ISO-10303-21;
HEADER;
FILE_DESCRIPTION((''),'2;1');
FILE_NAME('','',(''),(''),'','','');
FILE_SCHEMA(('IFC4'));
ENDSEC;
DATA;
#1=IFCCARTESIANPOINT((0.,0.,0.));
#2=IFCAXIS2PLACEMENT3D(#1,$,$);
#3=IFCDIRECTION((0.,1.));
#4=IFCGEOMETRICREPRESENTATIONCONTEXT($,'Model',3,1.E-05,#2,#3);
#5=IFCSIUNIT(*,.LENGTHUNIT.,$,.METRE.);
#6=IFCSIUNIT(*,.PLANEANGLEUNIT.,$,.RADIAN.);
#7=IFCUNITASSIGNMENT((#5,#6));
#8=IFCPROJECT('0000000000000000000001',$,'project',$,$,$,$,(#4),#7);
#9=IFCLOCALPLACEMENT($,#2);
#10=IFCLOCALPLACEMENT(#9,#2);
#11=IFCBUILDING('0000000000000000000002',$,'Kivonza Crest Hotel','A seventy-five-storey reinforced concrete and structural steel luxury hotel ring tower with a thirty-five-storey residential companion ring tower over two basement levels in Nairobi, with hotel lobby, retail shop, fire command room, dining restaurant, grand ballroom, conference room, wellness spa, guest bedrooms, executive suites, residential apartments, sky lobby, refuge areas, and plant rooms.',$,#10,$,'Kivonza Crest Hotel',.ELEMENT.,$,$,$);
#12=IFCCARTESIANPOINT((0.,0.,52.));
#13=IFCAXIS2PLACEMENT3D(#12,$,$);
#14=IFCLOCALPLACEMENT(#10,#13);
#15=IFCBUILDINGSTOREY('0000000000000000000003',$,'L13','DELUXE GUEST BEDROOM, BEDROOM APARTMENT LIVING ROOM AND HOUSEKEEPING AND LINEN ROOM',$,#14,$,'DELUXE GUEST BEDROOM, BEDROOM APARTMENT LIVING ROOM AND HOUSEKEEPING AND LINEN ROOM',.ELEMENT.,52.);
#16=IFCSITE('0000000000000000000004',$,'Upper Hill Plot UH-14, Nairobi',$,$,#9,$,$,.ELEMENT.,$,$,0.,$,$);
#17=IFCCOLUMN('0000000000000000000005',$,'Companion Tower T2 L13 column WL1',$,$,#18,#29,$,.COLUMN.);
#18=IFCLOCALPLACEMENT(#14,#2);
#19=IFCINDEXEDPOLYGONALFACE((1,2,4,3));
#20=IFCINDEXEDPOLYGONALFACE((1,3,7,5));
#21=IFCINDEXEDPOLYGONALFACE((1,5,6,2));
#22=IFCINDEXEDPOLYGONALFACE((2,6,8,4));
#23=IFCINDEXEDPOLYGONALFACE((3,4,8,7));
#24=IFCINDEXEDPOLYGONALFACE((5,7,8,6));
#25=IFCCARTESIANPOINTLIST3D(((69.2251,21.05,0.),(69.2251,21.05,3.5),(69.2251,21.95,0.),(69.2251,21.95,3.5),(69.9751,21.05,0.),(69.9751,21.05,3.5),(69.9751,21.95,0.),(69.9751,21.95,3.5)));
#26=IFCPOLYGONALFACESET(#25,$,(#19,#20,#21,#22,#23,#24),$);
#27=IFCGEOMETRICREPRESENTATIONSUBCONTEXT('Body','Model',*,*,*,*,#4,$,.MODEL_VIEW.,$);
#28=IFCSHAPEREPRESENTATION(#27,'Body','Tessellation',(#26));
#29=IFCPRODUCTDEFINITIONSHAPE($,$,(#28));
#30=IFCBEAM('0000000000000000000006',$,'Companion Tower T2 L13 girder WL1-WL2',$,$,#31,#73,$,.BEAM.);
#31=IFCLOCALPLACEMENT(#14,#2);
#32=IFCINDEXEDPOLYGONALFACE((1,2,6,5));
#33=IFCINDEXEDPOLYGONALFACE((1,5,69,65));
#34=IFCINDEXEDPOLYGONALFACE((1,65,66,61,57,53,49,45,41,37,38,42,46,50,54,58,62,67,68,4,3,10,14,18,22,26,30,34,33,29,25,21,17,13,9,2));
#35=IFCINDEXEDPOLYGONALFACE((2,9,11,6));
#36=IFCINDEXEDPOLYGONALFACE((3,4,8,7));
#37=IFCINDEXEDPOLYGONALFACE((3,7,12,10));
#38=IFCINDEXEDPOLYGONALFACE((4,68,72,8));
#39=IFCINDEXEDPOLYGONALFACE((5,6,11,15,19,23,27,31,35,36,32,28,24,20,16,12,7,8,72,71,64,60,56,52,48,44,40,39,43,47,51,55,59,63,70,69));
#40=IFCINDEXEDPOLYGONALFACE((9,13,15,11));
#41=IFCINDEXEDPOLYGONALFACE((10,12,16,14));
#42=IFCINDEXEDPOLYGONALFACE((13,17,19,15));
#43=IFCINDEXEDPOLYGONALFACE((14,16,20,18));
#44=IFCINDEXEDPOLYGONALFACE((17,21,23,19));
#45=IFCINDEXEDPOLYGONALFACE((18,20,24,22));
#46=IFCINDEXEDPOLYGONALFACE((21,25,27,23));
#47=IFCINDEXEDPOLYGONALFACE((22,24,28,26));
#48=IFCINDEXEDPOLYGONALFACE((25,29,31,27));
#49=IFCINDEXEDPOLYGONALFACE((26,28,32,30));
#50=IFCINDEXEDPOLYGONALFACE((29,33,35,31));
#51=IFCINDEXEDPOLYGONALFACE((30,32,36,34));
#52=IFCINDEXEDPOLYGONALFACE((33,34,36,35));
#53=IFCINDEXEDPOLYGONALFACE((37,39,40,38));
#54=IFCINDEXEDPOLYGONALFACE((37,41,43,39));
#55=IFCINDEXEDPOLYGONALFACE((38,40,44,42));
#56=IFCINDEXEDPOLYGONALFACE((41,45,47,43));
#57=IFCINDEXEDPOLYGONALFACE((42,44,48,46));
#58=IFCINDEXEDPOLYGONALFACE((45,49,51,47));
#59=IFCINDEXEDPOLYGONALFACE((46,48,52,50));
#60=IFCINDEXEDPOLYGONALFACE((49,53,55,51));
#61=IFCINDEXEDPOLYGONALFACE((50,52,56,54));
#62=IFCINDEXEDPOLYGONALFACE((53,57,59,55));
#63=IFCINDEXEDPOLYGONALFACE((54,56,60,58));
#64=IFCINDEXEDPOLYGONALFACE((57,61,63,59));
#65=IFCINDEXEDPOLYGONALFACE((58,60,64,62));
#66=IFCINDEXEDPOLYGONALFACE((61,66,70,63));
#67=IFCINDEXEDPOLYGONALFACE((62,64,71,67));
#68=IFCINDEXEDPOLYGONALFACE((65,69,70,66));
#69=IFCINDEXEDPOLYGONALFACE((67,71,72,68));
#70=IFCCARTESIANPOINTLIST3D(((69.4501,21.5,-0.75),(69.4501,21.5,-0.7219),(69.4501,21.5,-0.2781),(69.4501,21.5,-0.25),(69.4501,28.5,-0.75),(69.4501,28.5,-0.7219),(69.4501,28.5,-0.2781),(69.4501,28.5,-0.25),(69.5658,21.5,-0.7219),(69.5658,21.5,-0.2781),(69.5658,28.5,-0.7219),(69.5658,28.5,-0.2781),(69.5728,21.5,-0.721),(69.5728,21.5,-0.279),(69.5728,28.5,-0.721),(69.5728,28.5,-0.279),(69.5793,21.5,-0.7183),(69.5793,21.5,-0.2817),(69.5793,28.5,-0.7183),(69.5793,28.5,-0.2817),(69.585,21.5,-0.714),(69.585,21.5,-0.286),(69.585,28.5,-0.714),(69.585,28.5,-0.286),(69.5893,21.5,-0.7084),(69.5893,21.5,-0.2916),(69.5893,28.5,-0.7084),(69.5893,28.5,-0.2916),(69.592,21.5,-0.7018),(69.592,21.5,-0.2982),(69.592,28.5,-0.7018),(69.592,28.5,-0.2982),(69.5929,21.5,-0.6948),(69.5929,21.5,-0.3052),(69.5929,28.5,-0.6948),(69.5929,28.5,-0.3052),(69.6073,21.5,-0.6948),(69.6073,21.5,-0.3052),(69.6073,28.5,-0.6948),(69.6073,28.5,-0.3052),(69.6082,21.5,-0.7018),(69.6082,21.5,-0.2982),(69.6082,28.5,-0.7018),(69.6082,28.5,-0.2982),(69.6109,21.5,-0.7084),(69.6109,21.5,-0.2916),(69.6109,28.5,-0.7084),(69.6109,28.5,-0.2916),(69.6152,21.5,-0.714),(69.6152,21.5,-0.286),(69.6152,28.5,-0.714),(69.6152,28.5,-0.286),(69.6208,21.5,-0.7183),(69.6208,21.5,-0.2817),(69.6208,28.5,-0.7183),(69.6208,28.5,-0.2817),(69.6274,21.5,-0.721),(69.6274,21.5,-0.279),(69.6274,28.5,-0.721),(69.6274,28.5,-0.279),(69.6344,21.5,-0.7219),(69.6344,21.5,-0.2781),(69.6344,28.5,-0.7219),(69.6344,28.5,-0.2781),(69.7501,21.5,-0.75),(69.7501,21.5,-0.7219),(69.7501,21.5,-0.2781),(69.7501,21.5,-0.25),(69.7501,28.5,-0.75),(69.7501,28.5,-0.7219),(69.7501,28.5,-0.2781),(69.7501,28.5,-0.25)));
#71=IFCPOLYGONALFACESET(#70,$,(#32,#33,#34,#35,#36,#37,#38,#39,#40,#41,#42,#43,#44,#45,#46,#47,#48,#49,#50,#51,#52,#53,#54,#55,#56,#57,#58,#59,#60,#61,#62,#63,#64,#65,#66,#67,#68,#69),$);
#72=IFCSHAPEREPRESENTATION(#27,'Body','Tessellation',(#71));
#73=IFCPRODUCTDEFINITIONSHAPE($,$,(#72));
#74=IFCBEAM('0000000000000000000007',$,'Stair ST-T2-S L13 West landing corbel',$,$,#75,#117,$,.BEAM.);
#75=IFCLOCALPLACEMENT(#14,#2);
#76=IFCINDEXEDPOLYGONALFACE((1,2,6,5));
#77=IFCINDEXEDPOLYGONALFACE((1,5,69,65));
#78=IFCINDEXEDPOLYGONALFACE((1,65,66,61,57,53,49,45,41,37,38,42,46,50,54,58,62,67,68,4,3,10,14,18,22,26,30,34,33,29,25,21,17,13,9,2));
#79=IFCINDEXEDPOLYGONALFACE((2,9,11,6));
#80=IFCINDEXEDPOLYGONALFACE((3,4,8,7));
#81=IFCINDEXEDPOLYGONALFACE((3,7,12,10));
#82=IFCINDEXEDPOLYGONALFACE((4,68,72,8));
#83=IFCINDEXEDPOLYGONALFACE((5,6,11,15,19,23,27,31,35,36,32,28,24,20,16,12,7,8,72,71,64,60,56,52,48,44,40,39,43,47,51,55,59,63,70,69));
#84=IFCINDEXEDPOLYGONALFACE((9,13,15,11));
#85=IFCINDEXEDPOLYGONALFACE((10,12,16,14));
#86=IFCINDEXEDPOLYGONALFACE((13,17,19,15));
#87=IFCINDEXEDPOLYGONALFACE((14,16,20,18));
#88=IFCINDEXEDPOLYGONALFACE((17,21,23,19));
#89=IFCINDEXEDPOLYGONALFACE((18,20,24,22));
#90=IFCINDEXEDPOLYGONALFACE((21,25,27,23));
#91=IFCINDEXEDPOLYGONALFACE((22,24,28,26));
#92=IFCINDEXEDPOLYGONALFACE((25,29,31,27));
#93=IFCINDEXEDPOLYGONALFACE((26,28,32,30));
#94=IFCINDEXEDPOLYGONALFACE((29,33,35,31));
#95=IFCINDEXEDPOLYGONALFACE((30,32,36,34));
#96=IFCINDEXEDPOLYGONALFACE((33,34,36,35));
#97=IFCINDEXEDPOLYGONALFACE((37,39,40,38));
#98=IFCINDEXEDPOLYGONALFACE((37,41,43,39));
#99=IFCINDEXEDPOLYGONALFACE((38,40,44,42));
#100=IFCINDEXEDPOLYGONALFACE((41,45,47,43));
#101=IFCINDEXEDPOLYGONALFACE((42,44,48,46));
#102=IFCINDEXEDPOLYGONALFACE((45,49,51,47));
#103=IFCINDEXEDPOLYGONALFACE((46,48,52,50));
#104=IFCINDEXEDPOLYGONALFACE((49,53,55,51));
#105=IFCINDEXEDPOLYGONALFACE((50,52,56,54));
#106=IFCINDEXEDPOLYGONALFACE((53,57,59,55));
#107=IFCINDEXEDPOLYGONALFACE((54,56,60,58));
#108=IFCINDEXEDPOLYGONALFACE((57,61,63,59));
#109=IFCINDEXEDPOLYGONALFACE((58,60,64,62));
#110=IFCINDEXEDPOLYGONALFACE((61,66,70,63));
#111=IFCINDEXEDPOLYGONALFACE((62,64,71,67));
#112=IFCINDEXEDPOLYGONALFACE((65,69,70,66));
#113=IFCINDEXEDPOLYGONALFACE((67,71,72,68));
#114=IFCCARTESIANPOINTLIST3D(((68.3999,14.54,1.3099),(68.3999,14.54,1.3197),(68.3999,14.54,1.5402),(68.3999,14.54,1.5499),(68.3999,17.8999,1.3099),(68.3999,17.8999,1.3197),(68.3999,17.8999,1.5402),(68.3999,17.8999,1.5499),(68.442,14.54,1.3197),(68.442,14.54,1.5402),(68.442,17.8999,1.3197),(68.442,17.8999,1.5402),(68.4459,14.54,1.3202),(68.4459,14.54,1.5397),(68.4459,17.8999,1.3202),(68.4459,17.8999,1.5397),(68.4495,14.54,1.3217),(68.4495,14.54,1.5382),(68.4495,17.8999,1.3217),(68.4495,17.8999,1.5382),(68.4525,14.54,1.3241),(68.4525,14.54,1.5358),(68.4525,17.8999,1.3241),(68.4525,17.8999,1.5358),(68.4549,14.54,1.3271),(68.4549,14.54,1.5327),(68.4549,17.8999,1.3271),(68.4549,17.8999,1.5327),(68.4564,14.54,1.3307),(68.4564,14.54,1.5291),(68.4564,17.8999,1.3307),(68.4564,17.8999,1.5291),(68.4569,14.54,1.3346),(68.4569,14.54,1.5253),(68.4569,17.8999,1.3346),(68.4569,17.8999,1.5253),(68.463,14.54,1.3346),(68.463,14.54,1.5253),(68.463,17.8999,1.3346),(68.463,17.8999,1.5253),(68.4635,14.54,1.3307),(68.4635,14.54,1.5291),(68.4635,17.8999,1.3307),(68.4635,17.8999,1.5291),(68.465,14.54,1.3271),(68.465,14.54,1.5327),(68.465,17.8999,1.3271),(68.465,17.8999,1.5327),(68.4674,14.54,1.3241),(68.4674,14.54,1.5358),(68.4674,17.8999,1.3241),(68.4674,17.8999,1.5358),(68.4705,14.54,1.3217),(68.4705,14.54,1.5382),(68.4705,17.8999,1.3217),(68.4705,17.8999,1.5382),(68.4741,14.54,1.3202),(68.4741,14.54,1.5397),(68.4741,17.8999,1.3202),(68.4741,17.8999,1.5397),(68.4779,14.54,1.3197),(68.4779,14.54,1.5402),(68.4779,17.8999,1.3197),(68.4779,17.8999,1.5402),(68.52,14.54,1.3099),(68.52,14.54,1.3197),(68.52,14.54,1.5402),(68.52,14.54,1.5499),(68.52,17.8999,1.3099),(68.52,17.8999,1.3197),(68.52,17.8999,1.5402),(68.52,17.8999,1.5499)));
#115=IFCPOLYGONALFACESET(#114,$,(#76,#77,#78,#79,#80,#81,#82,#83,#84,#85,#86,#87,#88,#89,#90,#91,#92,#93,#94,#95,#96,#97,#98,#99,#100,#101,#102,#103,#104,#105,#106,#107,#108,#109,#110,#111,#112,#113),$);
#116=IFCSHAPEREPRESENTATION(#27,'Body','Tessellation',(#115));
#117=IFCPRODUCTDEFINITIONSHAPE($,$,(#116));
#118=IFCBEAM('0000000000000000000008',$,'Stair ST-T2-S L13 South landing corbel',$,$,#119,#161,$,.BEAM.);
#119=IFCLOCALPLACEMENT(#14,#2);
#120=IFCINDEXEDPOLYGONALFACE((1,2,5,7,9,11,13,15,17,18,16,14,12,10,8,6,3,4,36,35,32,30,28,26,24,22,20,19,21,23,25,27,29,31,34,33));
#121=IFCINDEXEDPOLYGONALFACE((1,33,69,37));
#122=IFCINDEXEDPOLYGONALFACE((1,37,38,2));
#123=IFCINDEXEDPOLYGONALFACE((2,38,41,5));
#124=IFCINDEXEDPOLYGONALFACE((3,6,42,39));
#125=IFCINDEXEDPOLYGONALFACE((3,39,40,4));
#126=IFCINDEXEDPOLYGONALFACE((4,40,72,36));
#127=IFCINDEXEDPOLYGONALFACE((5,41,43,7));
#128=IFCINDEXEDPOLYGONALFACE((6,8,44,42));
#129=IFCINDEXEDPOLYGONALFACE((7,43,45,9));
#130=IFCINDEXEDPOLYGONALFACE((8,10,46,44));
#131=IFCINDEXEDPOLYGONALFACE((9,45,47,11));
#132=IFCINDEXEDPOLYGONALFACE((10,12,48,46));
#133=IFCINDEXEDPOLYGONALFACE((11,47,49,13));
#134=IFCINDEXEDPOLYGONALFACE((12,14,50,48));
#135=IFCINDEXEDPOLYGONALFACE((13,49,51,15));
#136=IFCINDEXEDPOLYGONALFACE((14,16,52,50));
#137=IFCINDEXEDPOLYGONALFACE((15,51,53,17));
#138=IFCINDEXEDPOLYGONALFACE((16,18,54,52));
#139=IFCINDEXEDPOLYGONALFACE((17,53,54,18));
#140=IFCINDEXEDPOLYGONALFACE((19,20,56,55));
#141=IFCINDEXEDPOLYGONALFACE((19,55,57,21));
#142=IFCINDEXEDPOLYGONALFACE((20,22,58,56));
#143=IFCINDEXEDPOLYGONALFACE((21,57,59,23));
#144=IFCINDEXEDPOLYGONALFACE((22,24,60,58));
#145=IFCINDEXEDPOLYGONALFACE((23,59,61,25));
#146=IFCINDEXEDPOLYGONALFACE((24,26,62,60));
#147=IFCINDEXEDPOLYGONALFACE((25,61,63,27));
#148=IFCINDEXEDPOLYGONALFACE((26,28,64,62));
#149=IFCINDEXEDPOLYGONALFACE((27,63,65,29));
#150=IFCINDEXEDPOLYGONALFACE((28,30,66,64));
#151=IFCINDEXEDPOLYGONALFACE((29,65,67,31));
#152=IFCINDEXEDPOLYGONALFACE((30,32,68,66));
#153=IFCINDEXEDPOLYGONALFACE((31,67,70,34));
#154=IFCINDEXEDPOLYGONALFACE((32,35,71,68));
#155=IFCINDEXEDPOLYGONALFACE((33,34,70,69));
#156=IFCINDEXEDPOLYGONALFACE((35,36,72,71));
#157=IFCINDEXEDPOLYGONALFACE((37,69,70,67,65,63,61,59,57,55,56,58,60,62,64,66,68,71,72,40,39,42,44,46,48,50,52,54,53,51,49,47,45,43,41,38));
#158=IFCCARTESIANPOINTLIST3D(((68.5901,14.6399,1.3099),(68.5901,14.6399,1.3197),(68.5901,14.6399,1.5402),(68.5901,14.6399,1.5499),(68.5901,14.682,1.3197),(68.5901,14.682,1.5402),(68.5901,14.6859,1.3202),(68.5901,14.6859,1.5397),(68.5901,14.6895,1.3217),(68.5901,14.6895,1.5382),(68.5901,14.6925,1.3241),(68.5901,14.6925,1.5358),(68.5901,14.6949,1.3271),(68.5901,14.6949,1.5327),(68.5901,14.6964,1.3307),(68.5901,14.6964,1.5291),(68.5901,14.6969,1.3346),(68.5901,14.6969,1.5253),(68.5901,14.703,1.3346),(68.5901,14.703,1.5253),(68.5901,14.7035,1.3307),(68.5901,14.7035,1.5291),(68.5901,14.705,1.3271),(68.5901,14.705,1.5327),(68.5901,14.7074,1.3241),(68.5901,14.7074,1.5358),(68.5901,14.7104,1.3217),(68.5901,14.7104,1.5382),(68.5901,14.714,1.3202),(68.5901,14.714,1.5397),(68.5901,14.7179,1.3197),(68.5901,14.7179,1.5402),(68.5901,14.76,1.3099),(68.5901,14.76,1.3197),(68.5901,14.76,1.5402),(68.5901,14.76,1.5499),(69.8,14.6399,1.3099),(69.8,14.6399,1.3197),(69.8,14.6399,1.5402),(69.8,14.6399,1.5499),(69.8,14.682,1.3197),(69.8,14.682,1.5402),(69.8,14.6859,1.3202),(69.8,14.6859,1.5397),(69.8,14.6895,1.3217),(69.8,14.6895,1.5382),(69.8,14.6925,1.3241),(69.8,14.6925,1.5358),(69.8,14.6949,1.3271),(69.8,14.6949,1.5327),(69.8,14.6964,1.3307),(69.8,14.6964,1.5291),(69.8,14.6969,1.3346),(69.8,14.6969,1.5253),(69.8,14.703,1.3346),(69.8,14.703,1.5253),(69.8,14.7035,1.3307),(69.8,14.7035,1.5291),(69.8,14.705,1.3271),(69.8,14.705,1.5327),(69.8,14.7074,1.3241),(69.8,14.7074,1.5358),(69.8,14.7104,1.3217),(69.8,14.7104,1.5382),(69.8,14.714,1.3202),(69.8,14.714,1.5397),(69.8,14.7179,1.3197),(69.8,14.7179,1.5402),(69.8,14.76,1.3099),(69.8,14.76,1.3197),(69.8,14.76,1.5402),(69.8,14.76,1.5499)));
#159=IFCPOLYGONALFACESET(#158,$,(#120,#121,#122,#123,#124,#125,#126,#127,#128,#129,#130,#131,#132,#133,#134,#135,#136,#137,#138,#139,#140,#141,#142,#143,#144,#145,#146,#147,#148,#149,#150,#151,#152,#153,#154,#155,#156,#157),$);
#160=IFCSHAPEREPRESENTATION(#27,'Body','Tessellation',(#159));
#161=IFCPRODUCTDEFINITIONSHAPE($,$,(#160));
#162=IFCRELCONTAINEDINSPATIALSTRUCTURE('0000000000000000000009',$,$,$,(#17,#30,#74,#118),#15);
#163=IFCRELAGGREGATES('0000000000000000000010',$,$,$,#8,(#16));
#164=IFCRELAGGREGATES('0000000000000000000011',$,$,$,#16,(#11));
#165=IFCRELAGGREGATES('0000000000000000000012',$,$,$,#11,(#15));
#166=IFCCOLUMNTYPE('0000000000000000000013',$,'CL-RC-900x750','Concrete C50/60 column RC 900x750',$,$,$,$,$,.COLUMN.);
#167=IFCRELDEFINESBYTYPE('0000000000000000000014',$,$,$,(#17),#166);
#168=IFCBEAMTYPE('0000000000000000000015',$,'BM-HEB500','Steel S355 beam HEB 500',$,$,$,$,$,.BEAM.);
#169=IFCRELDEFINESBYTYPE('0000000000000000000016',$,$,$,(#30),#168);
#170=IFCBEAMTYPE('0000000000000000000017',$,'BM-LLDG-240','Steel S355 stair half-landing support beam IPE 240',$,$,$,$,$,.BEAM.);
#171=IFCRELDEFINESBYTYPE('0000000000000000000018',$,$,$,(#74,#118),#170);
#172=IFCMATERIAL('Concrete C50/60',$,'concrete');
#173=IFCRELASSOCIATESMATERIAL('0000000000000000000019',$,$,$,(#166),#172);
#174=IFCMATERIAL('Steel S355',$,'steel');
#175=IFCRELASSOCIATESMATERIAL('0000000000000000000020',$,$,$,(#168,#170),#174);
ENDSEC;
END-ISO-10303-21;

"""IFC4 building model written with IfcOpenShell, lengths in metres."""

from ifc_helpers import new_model, si_unit, direction, frame, origin, origin_2d, place, context, subcontext, project, spatial, rectangle, i_section, extrude, material, material_profile, profile_set, type_object, element, save


model = new_model("IFC4")

# Units and contexts
model_context = context("Model", 3, precision=1e-05, world=origin(), true_north=direction((0.0, 1.0)))
body_context = subcontext(model_context, "Body", "Model", "MODEL_VIEW")
ifc_project = project(units=[si_unit("LENGTHUNIT", "METRE"), si_unit("PLANEANGLEUNIT", "RADIAN")], contexts=[model_context])

# Site, building, storey
site_placement = place(None, origin())
site = spatial("IfcSite", under=ifc_project, at=site_placement, Name="Upper Hill Plot UH-14, Nairobi", CompositionType="ELEMENT", RefElevation=0.0)
building_placement = place(site_placement, origin())
building = spatial("IfcBuilding", under=site, at=building_placement, Name="Kivonza Crest Hotel", Description="A seventy-five-storey reinforced concrete and structural steel luxury hotel ring tower with a thirty-five-storey residential companion ring tower over two basement levels in Nairobi, with hotel lobby, retail shop, fire command room, dining restaurant, grand ballroom, conference room, wellness spa, guest bedrooms, executive suites, residential apartments, sky lobby, refuge areas, and plant rooms.", LongName="Kivonza Crest Hotel", CompositionType="ELEMENT")
storey_placement = place(building_placement, frame((0.0, 0.0, 52.0)))
storey = spatial("IfcBuildingStorey", under=building, at=storey_placement, Name="L13", Description="DELUXE GUEST BEDROOM, BEDROOM APARTMENT LIVING ROOM AND HOUSEKEEPING AND LINEN ROOM", LongName="DELUXE GUEST BEDROOM, BEDROOM APARTMENT LIVING ROOM AND HOUSEKEEPING AND LINEN ROOM", CompositionType="ELEMENT", Elevation=52.0)

# Column
ifc_material_1 = material(Name="Concrete C50/60", Category="concrete")
ifc_material_profile_1 = material_profile(ifc_material_1, rectangle(XDim=0.75, YDim=0.8999, at=origin_2d()), Name="RC 900x750")
ifc_profile_set_1 = profile_set([ifc_material_profile_1], Name="Concrete C50/60")
column_type = type_object("IfcColumnType", Name="CL-RC-900x750", Description="Concrete C50/60 column RC 900x750", PredefinedType="COLUMN", material=ifc_profile_set_1)
column_placement = place(storey_placement, frame((69.6001, 21.5, 0.0), z_axis=(0.0, 0.0, 1.0), x_axis=(1.0, 0.0, 0.0)))
element("IfcColumn", 1, at=column_placement, inside=storey, type_object=column_type, Name="Companion Tower T2 L13 column WL1", PredefinedType="COLUMN", context=body_context, shape_type="SweptSolid", body=[
    extrude(rectangle(XDim=0.75, YDim=0.8999, at=origin_2d()), origin(), (0.0, 0.0, 1.0), 3.5),
])

# Beams
ifc_material_2 = material(Name="Steel S355", Category="steel")
ifc_material_profile_2 = material_profile(ifc_material_2, i_section(OverallWidth=0.3, OverallDepth=0.5, WebThickness=0.0144, FlangeThickness=0.0281, FilletRadius=0.0271, at=origin_2d()), Name="HEB 500")
ifc_profile_set_2 = profile_set([ifc_material_profile_2], Name="Steel S355")
beam_type_1 = type_object("IfcBeamType", Name="BM-HEB500", Description="Steel S355 beam HEB 500", PredefinedType="BEAM", material=ifc_profile_set_2)
beam_1_placement = place(storey_placement, frame((69.6001, 21.5, -0.5), z_axis=(0.0, 1.0, 0.0), x_axis=(-1.0, 0.0, 0.0)))
element("IfcBeam", 2, at=beam_1_placement, inside=storey, type_object=beam_type_1, Name="Companion Tower T2 L13 girder WL1-WL2", PredefinedType="BEAM", context=body_context, shape_type="SweptSolid", body=[
    extrude(i_section(OverallWidth=0.3, OverallDepth=0.5, WebThickness=0.0144, FlangeThickness=0.0281, FilletRadius=0.0271, at=origin_2d()), origin(), (0.0, 0.0, 1.0), 7.0),
])
ifc_material_profile_3 = material_profile(ifc_material_2, i_section(OverallWidth=0.1201, OverallDepth=0.24, WebThickness=0.0061, FlangeThickness=0.0098, FilletRadius=0.0149, at=origin_2d()), Name="IPE 240")
ifc_profile_set_3 = profile_set([ifc_material_profile_3], Name="Steel S355")
beam_type_2 = type_object("IfcBeamType", Name="BM-LLDG-240", Description="Steel S355 stair half-landing support beam IPE 240", PredefinedType="BEAM", material=ifc_profile_set_3)
beam_2_placement = place(storey_placement, frame((68.46, 14.54, 1.4299), z_axis=(0.0, 1.0, 0.0), x_axis=(-1.0, 0.0, 0.0)))
element("IfcBeam", 3, at=beam_2_placement, inside=storey, type_object=beam_type_2, Name="Stair ST-T2-S L13 West landing corbel", PredefinedType="BEAM", context=body_context, shape_type="SweptSolid", body=[
    extrude(i_section(OverallWidth=0.1201, OverallDepth=0.24, WebThickness=0.0061, FlangeThickness=0.0098, FilletRadius=0.0149, at=origin_2d()), origin(), (0.0, 0.0, 1.0), 3.3599),
])
for number, where, z_axis, x_axis, name in (
    (4, (68.5901, 14.7, 1.4299), (1.0, 0.0, 0.0), (0.0, 1.0, 0.0), "Stair ST-T2-S L13 South landing corbel"),
):
    element("IfcBeam", number, at=place(storey_placement, frame(where, z_axis=z_axis, x_axis=x_axis)), inside=storey, type_object=beam_type_2, Name=name, PredefinedType="BEAM", context=body_context, shape_type="SweptSolid", body=[
        extrude(i_section(OverallWidth=0.1201, OverallDepth=0.24, WebThickness=0.0061, FlangeThickness=0.0098, FilletRadius=0.0149, at=origin_2d()), origin(), (0.0, 0.0, 1.0), 1.21),
    ])

save(model, "model.ifc")
